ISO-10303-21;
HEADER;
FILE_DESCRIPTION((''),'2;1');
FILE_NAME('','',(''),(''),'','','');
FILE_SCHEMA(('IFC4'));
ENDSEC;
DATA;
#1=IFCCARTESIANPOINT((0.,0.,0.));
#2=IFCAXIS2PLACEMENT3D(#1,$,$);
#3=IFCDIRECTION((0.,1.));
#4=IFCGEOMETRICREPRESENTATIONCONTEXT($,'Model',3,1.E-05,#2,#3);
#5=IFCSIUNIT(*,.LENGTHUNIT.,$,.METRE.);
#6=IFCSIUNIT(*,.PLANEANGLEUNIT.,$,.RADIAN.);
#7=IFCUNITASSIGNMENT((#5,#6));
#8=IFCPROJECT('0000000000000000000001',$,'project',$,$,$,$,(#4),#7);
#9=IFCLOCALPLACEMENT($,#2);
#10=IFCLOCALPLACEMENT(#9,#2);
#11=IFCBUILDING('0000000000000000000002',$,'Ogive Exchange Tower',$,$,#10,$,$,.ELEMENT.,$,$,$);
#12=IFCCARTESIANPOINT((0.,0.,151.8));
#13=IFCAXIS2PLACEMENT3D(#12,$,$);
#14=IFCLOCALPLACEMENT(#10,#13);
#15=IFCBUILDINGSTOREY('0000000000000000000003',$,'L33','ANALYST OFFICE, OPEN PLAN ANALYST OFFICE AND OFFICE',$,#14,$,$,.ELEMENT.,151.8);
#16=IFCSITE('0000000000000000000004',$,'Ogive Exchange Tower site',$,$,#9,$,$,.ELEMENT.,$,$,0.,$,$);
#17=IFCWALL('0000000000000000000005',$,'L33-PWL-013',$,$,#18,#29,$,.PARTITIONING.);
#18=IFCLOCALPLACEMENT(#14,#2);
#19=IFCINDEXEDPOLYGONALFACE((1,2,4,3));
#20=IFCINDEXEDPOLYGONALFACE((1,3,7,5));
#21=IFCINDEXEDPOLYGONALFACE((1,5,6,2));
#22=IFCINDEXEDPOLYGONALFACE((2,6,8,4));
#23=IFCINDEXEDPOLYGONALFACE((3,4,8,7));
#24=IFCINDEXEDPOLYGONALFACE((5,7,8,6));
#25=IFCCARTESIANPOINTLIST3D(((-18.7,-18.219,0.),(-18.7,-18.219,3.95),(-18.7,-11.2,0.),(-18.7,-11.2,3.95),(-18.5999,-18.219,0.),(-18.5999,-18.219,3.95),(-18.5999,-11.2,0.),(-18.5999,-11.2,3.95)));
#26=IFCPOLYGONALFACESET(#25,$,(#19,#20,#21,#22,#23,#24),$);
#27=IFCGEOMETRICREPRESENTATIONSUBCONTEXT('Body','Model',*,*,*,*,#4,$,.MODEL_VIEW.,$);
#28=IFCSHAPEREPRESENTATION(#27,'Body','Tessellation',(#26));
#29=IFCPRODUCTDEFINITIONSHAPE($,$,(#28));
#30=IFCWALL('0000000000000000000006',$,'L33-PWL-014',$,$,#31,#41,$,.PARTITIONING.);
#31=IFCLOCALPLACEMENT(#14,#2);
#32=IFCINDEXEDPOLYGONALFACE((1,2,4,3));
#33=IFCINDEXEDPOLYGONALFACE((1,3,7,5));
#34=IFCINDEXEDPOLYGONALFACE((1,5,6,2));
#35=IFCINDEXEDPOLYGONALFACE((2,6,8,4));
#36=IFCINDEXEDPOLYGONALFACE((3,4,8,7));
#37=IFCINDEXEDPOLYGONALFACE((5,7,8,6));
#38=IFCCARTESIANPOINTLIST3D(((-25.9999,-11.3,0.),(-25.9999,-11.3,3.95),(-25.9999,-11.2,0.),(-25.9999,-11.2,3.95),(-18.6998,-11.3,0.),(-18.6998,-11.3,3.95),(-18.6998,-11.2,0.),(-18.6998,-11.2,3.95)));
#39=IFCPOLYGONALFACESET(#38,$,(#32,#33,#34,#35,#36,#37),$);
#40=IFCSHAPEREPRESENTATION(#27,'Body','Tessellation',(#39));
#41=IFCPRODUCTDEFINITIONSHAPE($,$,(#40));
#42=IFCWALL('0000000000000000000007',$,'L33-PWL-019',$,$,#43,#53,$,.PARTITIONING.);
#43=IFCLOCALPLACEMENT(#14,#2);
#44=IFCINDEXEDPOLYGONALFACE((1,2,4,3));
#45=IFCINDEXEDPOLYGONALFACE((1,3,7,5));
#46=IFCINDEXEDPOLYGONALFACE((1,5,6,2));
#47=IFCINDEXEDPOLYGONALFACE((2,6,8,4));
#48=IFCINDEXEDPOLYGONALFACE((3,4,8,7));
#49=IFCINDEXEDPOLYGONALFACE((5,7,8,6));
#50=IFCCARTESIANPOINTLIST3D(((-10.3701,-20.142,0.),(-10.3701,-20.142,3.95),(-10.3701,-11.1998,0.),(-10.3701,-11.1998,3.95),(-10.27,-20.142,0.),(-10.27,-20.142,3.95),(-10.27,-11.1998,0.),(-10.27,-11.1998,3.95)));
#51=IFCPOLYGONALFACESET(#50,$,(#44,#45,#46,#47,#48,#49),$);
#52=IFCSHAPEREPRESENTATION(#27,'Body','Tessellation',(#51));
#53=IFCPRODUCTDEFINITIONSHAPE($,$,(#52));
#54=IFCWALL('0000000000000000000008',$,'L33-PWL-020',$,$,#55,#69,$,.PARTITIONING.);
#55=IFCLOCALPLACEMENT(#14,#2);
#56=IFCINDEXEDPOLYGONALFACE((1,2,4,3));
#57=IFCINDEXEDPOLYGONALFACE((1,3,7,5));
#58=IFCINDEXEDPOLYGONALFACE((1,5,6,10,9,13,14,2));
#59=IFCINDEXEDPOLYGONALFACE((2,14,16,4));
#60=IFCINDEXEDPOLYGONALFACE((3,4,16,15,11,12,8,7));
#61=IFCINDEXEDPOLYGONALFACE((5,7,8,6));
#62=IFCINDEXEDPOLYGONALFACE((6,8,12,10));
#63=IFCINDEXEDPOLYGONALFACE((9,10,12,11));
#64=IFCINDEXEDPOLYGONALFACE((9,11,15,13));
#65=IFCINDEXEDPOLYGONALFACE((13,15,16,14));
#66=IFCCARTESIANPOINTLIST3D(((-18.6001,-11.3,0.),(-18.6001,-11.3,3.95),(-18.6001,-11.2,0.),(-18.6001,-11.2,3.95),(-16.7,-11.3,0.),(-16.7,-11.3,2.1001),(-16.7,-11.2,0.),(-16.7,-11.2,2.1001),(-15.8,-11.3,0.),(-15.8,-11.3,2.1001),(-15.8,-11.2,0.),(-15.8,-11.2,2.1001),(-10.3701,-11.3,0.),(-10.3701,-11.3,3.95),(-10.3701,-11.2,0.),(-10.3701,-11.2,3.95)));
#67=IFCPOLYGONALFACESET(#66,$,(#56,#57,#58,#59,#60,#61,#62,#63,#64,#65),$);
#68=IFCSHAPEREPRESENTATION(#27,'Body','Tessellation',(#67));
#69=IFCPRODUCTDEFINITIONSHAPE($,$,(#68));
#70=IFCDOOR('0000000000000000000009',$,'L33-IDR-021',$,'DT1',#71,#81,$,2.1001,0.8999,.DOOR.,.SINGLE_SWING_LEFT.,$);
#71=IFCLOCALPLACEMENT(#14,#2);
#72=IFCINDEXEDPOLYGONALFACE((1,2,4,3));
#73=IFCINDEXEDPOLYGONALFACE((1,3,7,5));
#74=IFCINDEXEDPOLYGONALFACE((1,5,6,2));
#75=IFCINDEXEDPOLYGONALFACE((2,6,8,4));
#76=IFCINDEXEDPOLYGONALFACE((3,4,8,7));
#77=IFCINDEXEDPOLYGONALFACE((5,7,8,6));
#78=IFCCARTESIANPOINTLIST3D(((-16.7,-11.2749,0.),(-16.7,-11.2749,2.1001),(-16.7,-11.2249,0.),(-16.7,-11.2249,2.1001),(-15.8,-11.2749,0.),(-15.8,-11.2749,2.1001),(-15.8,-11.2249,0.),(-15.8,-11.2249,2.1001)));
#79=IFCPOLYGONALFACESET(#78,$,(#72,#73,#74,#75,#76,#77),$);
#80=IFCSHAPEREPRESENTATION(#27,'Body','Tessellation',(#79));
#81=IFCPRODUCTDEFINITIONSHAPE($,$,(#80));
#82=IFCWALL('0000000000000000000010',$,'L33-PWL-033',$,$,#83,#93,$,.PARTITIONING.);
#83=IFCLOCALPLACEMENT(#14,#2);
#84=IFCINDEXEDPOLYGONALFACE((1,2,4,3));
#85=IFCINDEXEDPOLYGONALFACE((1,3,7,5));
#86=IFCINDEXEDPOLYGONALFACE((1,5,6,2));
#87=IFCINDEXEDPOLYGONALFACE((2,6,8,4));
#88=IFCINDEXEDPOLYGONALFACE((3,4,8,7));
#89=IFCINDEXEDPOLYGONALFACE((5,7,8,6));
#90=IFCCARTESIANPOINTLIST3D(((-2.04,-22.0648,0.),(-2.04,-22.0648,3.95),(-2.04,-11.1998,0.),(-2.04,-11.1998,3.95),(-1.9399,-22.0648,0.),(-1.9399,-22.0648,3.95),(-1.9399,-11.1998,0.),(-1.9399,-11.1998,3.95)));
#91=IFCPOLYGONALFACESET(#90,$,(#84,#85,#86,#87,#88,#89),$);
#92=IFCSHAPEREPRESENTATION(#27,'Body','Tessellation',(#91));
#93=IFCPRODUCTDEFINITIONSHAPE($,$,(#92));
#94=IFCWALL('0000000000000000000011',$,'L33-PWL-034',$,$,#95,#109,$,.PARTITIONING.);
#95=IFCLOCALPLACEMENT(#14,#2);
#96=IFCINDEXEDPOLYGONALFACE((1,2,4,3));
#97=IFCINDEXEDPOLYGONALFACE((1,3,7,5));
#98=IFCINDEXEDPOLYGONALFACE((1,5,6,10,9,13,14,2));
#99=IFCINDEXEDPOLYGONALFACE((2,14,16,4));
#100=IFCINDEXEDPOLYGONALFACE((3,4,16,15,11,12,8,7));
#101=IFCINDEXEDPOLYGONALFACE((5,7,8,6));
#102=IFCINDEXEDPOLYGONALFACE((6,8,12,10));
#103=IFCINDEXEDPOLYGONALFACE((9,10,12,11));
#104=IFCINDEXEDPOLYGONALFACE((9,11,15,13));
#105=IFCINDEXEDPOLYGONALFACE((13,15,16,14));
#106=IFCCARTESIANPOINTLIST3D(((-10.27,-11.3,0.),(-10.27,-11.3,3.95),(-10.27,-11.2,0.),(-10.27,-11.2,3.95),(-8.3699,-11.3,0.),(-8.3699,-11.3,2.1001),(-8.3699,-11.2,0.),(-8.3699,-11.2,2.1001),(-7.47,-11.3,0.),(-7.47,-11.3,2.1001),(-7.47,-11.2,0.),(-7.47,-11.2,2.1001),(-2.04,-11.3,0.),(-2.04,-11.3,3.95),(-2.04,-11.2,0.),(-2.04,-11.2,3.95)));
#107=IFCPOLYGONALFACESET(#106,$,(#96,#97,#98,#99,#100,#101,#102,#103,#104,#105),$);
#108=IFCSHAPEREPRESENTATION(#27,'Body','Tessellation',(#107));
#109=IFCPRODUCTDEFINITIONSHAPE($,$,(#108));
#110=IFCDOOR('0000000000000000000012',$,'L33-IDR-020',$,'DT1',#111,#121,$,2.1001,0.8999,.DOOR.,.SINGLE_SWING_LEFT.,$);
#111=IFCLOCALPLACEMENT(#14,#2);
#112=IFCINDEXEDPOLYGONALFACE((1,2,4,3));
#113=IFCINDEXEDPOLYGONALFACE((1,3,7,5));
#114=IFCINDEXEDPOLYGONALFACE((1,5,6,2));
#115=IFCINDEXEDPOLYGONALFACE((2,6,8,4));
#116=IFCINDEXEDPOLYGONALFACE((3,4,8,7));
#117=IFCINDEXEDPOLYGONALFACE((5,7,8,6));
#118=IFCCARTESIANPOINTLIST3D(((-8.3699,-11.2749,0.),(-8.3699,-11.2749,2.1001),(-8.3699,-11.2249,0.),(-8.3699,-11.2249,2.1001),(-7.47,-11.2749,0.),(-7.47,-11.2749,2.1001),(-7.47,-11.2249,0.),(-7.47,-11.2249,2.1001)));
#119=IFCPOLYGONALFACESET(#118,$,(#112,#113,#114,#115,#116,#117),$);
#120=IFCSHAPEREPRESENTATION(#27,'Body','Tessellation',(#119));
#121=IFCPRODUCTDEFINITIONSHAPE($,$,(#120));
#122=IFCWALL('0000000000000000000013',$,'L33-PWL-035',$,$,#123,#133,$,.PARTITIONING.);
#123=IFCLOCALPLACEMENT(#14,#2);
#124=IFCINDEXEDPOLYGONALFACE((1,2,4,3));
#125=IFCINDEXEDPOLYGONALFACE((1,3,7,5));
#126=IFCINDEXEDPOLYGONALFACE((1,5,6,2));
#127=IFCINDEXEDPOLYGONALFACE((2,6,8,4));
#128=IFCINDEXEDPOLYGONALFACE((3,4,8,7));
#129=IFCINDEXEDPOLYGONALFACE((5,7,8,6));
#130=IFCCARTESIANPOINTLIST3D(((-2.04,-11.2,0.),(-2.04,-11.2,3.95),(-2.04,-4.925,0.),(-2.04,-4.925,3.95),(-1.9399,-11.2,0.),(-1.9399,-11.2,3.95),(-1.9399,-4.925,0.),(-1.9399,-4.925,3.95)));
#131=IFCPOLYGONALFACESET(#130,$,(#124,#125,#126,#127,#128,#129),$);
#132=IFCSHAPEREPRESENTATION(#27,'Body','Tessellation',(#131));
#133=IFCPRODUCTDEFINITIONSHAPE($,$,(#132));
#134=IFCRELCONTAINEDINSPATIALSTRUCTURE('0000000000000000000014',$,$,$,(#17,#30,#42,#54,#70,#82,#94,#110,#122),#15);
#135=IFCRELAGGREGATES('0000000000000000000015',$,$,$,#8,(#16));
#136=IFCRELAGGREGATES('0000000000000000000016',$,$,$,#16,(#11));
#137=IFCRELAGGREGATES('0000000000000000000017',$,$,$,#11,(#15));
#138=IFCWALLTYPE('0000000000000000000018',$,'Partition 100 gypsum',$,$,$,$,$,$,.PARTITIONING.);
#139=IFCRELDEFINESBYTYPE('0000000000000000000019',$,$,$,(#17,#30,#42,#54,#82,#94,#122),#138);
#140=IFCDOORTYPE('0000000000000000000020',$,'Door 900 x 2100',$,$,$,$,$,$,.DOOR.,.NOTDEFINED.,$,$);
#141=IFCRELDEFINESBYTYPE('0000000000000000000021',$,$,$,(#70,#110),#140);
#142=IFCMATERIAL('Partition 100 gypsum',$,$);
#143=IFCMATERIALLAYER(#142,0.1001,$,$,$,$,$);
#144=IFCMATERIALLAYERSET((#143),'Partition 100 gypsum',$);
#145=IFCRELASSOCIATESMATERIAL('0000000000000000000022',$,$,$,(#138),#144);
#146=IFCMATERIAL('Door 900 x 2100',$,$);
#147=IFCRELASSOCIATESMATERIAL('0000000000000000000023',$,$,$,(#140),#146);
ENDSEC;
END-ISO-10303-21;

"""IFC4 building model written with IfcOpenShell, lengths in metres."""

from ifc_helpers import new_model, si_unit, direction, frame, frame_2d, origin, place, context, subcontext, project, spatial, rectangle, extrude, material, layer, layer_set, type_object, element, fill, save


model = new_model("IFC4")

# Units and contexts
model_context = context("Model", 3, precision=1e-05, world=origin(), true_north=direction((0.0, 1.0)))
body_context = subcontext(model_context, "Body", "Model", "MODEL_VIEW")
ifc_project = project(units=[si_unit("LENGTHUNIT", "METRE"), si_unit("PLANEANGLEUNIT", "RADIAN")], contexts=[model_context])

# Site, building, storey
site_placement = place(None, origin())
site = spatial("IfcSite", under=ifc_project, at=site_placement, Name="Ogive Exchange Tower site", CompositionType="ELEMENT", RefElevation=0.0)
building_placement = place(site_placement, origin())
building = spatial("IfcBuilding", under=site, at=building_placement, Name="Ogive Exchange Tower", CompositionType="ELEMENT")
storey_placement = place(building_placement, frame((0.0, 0.0, 151.8)))
storey = spatial("IfcBuildingStorey", under=building, at=storey_placement, Name="L33", Description="ANALYST OFFICE, OPEN PLAN ANALYST OFFICE AND OFFICE", CompositionType="ELEMENT", Elevation=151.8)

# Walls
ifc_material_1 = material(Name="Partition 100 gypsum")
ifc_layer_1 = layer(ifc_material_1, 0.1001)
ifc_layer_set_1 = layer_set([ifc_layer_1], Name="Partition 100 gypsum")
wall_type_1 = type_object("IfcWallType", Name="Partition 100 gypsum", PredefinedType="PARTITIONING", material=ifc_layer_set_1)
wall_1_placement = place(storey_placement, frame((-18.6499, -18.219, 0.0), z_axis=(0.0, 0.0, 1.0), x_axis=(0.0, 1.0, 0.0)))
element("IfcWall", 1, at=wall_1_placement, inside=storey, type_object=wall_type_1, Name="L33-PWL-013", PredefinedType="PARTITIONING", context=body_context, shape_type="SweptSolid", body=[
    extrude(rectangle(XDim=7.019, YDim=0.1001, at=frame_2d((3.5095, 0.0))), origin(), (0.0, 0.0, 1.0), 3.95),
])
wall_2_placement = place(storey_placement, frame((-18.7, -11.25, 0.0), z_axis=(0.0, 0.0, 1.0), x_axis=(-1.0, 0.0, 0.0)))
element("IfcWall", 2, at=wall_2_placement, inside=storey, type_object=wall_type_1, Name="L33-PWL-014", PredefinedType="PARTITIONING", context=body_context, shape_type="SweptSolid", body=[
    extrude(rectangle(XDim=7.3, YDim=0.1001, at=frame_2d((3.6499, 0.0))), origin(), (0.0, 0.0, 1.0), 3.95),
])
wall_3_placement = place(storey_placement, frame((-10.3201, -20.1421, 0.0), z_axis=(0.0, 0.0, 1.0), x_axis=(0.0, 1.0, 0.0)))
element("IfcWall", 3, at=wall_3_placement, inside=storey, type_object=wall_type_1, Name="L33-PWL-019", PredefinedType="PARTITIONING", context=body_context, shape_type="SweptSolid", body=[
    extrude(rectangle(XDim=8.9421, YDim=0.1001, at=frame_2d((4.4712, 0.0))), origin(), (0.0, 0.0, 1.0), 3.95),
])

# Wall, opening, door
wall_4_placement = place(storey_placement, frame((-10.3701, -11.25, 0.0), z_axis=(0.0, 0.0, 1.0), x_axis=(-1.0, 0.0, 0.0)))
wall_4 = element("IfcWall", 4, at=wall_4_placement, inside=storey, type_object=wall_type_1, Name="L33-PWL-020", PredefinedType="PARTITIONING", context=body_context, shape_type="SweptSolid", body=[
    extrude(rectangle(XDim=8.23, YDim=0.1001, at=frame_2d((4.115, 0.0))), origin(), (0.0, 0.0, 1.0), 3.95),
])
opening_1_placement = place(wall_4_placement, frame((5.4299, 0.0, 0.0)))
opening_1 = element("IfcOpeningElement", 5, at=opening_1_placement, cuts=wall_4, PredefinedType="OPENING", context=body_context, shape_type="SweptSolid", body=[
    extrude(rectangle(XDim=0.8999, YDim=2.1001, at=frame_2d((0.45, 1.05))), frame((0.0, 0.0601, 0.0), z_axis=(0.0, -1.0, 0.0), x_axis=(1.0, 0.0, 0.0)), (0.0, 0.0, 1.0), 0.1201),
])
ifc_material_2 = material(Name="Door 900 x 2100")
door_type_1 = type_object("IfcDoorType", Name="Door 900 x 2100", OperationType="NOTDEFINED", PredefinedType="DOOR", material=ifc_material_2)
door_1_placement = place(opening_1_placement, origin())
door_1 = element("IfcDoor", 6, at=door_1_placement, inside=storey, type_object=door_type_1, Name="L33-IDR-021", ObjectType="DT1", OperationType="SINGLE_SWING_LEFT", OverallHeight=2.1001, OverallWidth=0.8999, PredefinedType="DOOR", context=body_context, shape_type="SweptSolid", body=[
    extrude(rectangle(XDim=0.8999, YDim=2.1001, at=frame_2d((0.45, 1.05))), frame((0.0, 0.0249, 0.0), z_axis=(0.0, -1.0, 0.0), x_axis=(1.0, 0.0, 0.0)), (0.0, 0.0, 1.0), 0.05),
])
fill(opening_1, door_1)

# Wall
wall_5_placement = place(storey_placement, frame((-1.99, -22.0649, 0.0), z_axis=(0.0, 0.0, 1.0), x_axis=(0.0, 1.0, 0.0)))
element("IfcWall", 7, at=wall_5_placement, inside=storey, type_object=wall_type_1, Name="L33-PWL-033", PredefinedType="PARTITIONING", context=body_context, shape_type="SweptSolid", body=[
    extrude(rectangle(XDim=10.865, YDim=0.1001, at=frame_2d((5.4326, 0.0))), origin(), (0.0, 0.0, 1.0), 3.95),
])

# Wall, opening, door
wall_6_placement = place(storey_placement, frame((-2.04, -11.25, 0.0), z_axis=(0.0, 0.0, 1.0), x_axis=(-1.0, 0.0, 0.0)))
wall_6 = element("IfcWall", 8, at=wall_6_placement, inside=storey, type_object=wall_type_1, Name="L33-PWL-034", PredefinedType="PARTITIONING", context=body_context, shape_type="SweptSolid", body=[
    extrude(rectangle(XDim=8.23, YDim=0.1001, at=frame_2d((4.115, 0.0))), origin(), (0.0, 0.0, 1.0), 3.95),
])
opening_2_placement = place(wall_6_placement, frame((5.4299, 0.0, 0.0)))
opening_2 = element("IfcOpeningElement", 9, at=opening_2_placement, cuts=wall_6, PredefinedType="OPENING", context=body_context, shape_type="SweptSolid", body=[
    extrude(rectangle(XDim=0.8999, YDim=2.1001, at=frame_2d((0.45, 1.05))), frame((0.0, 0.0601, 0.0), z_axis=(0.0, -1.0, 0.0), x_axis=(1.0, 0.0, 0.0)), (0.0, 0.0, 1.0), 0.1201),
])
door_2_placement = place(opening_2_placement, origin())
door_2 = element("IfcDoor", 10, at=door_2_placement, inside=storey, type_object=door_type_1, Name="L33-IDR-020", ObjectType="DT1", OperationType="SINGLE_SWING_LEFT", OverallHeight=2.1001, OverallWidth=0.8999, PredefinedType="DOOR", context=body_context, shape_type="SweptSolid", body=[
    extrude(rectangle(XDim=0.8999, YDim=2.1001, at=frame_2d((0.45, 1.05))), frame((0.0, 0.0249, 0.0), z_axis=(0.0, -1.0, 0.0), x_axis=(1.0, 0.0, 0.0)), (0.0, 0.0, 1.0), 0.05),
])
fill(opening_2, door_2)

# Wall
wall_7_placement = place(storey_placement, frame((-1.99, -11.2, 0.0), z_axis=(0.0, 0.0, 1.0), x_axis=(0.0, 1.0, 0.0)))
element("IfcWall", 11, at=wall_7_placement, inside=storey, type_object=wall_type_1, Name="L33-PWL-035", PredefinedType="PARTITIONING", context=body_context, shape_type="SweptSolid", body=[
    extrude(rectangle(XDim=6.2749, YDim=0.1001, at=frame_2d((3.1375, 0.0))), origin(), (0.0, 0.0, 1.0), 3.95),
])

save(model, "model.ifc")
